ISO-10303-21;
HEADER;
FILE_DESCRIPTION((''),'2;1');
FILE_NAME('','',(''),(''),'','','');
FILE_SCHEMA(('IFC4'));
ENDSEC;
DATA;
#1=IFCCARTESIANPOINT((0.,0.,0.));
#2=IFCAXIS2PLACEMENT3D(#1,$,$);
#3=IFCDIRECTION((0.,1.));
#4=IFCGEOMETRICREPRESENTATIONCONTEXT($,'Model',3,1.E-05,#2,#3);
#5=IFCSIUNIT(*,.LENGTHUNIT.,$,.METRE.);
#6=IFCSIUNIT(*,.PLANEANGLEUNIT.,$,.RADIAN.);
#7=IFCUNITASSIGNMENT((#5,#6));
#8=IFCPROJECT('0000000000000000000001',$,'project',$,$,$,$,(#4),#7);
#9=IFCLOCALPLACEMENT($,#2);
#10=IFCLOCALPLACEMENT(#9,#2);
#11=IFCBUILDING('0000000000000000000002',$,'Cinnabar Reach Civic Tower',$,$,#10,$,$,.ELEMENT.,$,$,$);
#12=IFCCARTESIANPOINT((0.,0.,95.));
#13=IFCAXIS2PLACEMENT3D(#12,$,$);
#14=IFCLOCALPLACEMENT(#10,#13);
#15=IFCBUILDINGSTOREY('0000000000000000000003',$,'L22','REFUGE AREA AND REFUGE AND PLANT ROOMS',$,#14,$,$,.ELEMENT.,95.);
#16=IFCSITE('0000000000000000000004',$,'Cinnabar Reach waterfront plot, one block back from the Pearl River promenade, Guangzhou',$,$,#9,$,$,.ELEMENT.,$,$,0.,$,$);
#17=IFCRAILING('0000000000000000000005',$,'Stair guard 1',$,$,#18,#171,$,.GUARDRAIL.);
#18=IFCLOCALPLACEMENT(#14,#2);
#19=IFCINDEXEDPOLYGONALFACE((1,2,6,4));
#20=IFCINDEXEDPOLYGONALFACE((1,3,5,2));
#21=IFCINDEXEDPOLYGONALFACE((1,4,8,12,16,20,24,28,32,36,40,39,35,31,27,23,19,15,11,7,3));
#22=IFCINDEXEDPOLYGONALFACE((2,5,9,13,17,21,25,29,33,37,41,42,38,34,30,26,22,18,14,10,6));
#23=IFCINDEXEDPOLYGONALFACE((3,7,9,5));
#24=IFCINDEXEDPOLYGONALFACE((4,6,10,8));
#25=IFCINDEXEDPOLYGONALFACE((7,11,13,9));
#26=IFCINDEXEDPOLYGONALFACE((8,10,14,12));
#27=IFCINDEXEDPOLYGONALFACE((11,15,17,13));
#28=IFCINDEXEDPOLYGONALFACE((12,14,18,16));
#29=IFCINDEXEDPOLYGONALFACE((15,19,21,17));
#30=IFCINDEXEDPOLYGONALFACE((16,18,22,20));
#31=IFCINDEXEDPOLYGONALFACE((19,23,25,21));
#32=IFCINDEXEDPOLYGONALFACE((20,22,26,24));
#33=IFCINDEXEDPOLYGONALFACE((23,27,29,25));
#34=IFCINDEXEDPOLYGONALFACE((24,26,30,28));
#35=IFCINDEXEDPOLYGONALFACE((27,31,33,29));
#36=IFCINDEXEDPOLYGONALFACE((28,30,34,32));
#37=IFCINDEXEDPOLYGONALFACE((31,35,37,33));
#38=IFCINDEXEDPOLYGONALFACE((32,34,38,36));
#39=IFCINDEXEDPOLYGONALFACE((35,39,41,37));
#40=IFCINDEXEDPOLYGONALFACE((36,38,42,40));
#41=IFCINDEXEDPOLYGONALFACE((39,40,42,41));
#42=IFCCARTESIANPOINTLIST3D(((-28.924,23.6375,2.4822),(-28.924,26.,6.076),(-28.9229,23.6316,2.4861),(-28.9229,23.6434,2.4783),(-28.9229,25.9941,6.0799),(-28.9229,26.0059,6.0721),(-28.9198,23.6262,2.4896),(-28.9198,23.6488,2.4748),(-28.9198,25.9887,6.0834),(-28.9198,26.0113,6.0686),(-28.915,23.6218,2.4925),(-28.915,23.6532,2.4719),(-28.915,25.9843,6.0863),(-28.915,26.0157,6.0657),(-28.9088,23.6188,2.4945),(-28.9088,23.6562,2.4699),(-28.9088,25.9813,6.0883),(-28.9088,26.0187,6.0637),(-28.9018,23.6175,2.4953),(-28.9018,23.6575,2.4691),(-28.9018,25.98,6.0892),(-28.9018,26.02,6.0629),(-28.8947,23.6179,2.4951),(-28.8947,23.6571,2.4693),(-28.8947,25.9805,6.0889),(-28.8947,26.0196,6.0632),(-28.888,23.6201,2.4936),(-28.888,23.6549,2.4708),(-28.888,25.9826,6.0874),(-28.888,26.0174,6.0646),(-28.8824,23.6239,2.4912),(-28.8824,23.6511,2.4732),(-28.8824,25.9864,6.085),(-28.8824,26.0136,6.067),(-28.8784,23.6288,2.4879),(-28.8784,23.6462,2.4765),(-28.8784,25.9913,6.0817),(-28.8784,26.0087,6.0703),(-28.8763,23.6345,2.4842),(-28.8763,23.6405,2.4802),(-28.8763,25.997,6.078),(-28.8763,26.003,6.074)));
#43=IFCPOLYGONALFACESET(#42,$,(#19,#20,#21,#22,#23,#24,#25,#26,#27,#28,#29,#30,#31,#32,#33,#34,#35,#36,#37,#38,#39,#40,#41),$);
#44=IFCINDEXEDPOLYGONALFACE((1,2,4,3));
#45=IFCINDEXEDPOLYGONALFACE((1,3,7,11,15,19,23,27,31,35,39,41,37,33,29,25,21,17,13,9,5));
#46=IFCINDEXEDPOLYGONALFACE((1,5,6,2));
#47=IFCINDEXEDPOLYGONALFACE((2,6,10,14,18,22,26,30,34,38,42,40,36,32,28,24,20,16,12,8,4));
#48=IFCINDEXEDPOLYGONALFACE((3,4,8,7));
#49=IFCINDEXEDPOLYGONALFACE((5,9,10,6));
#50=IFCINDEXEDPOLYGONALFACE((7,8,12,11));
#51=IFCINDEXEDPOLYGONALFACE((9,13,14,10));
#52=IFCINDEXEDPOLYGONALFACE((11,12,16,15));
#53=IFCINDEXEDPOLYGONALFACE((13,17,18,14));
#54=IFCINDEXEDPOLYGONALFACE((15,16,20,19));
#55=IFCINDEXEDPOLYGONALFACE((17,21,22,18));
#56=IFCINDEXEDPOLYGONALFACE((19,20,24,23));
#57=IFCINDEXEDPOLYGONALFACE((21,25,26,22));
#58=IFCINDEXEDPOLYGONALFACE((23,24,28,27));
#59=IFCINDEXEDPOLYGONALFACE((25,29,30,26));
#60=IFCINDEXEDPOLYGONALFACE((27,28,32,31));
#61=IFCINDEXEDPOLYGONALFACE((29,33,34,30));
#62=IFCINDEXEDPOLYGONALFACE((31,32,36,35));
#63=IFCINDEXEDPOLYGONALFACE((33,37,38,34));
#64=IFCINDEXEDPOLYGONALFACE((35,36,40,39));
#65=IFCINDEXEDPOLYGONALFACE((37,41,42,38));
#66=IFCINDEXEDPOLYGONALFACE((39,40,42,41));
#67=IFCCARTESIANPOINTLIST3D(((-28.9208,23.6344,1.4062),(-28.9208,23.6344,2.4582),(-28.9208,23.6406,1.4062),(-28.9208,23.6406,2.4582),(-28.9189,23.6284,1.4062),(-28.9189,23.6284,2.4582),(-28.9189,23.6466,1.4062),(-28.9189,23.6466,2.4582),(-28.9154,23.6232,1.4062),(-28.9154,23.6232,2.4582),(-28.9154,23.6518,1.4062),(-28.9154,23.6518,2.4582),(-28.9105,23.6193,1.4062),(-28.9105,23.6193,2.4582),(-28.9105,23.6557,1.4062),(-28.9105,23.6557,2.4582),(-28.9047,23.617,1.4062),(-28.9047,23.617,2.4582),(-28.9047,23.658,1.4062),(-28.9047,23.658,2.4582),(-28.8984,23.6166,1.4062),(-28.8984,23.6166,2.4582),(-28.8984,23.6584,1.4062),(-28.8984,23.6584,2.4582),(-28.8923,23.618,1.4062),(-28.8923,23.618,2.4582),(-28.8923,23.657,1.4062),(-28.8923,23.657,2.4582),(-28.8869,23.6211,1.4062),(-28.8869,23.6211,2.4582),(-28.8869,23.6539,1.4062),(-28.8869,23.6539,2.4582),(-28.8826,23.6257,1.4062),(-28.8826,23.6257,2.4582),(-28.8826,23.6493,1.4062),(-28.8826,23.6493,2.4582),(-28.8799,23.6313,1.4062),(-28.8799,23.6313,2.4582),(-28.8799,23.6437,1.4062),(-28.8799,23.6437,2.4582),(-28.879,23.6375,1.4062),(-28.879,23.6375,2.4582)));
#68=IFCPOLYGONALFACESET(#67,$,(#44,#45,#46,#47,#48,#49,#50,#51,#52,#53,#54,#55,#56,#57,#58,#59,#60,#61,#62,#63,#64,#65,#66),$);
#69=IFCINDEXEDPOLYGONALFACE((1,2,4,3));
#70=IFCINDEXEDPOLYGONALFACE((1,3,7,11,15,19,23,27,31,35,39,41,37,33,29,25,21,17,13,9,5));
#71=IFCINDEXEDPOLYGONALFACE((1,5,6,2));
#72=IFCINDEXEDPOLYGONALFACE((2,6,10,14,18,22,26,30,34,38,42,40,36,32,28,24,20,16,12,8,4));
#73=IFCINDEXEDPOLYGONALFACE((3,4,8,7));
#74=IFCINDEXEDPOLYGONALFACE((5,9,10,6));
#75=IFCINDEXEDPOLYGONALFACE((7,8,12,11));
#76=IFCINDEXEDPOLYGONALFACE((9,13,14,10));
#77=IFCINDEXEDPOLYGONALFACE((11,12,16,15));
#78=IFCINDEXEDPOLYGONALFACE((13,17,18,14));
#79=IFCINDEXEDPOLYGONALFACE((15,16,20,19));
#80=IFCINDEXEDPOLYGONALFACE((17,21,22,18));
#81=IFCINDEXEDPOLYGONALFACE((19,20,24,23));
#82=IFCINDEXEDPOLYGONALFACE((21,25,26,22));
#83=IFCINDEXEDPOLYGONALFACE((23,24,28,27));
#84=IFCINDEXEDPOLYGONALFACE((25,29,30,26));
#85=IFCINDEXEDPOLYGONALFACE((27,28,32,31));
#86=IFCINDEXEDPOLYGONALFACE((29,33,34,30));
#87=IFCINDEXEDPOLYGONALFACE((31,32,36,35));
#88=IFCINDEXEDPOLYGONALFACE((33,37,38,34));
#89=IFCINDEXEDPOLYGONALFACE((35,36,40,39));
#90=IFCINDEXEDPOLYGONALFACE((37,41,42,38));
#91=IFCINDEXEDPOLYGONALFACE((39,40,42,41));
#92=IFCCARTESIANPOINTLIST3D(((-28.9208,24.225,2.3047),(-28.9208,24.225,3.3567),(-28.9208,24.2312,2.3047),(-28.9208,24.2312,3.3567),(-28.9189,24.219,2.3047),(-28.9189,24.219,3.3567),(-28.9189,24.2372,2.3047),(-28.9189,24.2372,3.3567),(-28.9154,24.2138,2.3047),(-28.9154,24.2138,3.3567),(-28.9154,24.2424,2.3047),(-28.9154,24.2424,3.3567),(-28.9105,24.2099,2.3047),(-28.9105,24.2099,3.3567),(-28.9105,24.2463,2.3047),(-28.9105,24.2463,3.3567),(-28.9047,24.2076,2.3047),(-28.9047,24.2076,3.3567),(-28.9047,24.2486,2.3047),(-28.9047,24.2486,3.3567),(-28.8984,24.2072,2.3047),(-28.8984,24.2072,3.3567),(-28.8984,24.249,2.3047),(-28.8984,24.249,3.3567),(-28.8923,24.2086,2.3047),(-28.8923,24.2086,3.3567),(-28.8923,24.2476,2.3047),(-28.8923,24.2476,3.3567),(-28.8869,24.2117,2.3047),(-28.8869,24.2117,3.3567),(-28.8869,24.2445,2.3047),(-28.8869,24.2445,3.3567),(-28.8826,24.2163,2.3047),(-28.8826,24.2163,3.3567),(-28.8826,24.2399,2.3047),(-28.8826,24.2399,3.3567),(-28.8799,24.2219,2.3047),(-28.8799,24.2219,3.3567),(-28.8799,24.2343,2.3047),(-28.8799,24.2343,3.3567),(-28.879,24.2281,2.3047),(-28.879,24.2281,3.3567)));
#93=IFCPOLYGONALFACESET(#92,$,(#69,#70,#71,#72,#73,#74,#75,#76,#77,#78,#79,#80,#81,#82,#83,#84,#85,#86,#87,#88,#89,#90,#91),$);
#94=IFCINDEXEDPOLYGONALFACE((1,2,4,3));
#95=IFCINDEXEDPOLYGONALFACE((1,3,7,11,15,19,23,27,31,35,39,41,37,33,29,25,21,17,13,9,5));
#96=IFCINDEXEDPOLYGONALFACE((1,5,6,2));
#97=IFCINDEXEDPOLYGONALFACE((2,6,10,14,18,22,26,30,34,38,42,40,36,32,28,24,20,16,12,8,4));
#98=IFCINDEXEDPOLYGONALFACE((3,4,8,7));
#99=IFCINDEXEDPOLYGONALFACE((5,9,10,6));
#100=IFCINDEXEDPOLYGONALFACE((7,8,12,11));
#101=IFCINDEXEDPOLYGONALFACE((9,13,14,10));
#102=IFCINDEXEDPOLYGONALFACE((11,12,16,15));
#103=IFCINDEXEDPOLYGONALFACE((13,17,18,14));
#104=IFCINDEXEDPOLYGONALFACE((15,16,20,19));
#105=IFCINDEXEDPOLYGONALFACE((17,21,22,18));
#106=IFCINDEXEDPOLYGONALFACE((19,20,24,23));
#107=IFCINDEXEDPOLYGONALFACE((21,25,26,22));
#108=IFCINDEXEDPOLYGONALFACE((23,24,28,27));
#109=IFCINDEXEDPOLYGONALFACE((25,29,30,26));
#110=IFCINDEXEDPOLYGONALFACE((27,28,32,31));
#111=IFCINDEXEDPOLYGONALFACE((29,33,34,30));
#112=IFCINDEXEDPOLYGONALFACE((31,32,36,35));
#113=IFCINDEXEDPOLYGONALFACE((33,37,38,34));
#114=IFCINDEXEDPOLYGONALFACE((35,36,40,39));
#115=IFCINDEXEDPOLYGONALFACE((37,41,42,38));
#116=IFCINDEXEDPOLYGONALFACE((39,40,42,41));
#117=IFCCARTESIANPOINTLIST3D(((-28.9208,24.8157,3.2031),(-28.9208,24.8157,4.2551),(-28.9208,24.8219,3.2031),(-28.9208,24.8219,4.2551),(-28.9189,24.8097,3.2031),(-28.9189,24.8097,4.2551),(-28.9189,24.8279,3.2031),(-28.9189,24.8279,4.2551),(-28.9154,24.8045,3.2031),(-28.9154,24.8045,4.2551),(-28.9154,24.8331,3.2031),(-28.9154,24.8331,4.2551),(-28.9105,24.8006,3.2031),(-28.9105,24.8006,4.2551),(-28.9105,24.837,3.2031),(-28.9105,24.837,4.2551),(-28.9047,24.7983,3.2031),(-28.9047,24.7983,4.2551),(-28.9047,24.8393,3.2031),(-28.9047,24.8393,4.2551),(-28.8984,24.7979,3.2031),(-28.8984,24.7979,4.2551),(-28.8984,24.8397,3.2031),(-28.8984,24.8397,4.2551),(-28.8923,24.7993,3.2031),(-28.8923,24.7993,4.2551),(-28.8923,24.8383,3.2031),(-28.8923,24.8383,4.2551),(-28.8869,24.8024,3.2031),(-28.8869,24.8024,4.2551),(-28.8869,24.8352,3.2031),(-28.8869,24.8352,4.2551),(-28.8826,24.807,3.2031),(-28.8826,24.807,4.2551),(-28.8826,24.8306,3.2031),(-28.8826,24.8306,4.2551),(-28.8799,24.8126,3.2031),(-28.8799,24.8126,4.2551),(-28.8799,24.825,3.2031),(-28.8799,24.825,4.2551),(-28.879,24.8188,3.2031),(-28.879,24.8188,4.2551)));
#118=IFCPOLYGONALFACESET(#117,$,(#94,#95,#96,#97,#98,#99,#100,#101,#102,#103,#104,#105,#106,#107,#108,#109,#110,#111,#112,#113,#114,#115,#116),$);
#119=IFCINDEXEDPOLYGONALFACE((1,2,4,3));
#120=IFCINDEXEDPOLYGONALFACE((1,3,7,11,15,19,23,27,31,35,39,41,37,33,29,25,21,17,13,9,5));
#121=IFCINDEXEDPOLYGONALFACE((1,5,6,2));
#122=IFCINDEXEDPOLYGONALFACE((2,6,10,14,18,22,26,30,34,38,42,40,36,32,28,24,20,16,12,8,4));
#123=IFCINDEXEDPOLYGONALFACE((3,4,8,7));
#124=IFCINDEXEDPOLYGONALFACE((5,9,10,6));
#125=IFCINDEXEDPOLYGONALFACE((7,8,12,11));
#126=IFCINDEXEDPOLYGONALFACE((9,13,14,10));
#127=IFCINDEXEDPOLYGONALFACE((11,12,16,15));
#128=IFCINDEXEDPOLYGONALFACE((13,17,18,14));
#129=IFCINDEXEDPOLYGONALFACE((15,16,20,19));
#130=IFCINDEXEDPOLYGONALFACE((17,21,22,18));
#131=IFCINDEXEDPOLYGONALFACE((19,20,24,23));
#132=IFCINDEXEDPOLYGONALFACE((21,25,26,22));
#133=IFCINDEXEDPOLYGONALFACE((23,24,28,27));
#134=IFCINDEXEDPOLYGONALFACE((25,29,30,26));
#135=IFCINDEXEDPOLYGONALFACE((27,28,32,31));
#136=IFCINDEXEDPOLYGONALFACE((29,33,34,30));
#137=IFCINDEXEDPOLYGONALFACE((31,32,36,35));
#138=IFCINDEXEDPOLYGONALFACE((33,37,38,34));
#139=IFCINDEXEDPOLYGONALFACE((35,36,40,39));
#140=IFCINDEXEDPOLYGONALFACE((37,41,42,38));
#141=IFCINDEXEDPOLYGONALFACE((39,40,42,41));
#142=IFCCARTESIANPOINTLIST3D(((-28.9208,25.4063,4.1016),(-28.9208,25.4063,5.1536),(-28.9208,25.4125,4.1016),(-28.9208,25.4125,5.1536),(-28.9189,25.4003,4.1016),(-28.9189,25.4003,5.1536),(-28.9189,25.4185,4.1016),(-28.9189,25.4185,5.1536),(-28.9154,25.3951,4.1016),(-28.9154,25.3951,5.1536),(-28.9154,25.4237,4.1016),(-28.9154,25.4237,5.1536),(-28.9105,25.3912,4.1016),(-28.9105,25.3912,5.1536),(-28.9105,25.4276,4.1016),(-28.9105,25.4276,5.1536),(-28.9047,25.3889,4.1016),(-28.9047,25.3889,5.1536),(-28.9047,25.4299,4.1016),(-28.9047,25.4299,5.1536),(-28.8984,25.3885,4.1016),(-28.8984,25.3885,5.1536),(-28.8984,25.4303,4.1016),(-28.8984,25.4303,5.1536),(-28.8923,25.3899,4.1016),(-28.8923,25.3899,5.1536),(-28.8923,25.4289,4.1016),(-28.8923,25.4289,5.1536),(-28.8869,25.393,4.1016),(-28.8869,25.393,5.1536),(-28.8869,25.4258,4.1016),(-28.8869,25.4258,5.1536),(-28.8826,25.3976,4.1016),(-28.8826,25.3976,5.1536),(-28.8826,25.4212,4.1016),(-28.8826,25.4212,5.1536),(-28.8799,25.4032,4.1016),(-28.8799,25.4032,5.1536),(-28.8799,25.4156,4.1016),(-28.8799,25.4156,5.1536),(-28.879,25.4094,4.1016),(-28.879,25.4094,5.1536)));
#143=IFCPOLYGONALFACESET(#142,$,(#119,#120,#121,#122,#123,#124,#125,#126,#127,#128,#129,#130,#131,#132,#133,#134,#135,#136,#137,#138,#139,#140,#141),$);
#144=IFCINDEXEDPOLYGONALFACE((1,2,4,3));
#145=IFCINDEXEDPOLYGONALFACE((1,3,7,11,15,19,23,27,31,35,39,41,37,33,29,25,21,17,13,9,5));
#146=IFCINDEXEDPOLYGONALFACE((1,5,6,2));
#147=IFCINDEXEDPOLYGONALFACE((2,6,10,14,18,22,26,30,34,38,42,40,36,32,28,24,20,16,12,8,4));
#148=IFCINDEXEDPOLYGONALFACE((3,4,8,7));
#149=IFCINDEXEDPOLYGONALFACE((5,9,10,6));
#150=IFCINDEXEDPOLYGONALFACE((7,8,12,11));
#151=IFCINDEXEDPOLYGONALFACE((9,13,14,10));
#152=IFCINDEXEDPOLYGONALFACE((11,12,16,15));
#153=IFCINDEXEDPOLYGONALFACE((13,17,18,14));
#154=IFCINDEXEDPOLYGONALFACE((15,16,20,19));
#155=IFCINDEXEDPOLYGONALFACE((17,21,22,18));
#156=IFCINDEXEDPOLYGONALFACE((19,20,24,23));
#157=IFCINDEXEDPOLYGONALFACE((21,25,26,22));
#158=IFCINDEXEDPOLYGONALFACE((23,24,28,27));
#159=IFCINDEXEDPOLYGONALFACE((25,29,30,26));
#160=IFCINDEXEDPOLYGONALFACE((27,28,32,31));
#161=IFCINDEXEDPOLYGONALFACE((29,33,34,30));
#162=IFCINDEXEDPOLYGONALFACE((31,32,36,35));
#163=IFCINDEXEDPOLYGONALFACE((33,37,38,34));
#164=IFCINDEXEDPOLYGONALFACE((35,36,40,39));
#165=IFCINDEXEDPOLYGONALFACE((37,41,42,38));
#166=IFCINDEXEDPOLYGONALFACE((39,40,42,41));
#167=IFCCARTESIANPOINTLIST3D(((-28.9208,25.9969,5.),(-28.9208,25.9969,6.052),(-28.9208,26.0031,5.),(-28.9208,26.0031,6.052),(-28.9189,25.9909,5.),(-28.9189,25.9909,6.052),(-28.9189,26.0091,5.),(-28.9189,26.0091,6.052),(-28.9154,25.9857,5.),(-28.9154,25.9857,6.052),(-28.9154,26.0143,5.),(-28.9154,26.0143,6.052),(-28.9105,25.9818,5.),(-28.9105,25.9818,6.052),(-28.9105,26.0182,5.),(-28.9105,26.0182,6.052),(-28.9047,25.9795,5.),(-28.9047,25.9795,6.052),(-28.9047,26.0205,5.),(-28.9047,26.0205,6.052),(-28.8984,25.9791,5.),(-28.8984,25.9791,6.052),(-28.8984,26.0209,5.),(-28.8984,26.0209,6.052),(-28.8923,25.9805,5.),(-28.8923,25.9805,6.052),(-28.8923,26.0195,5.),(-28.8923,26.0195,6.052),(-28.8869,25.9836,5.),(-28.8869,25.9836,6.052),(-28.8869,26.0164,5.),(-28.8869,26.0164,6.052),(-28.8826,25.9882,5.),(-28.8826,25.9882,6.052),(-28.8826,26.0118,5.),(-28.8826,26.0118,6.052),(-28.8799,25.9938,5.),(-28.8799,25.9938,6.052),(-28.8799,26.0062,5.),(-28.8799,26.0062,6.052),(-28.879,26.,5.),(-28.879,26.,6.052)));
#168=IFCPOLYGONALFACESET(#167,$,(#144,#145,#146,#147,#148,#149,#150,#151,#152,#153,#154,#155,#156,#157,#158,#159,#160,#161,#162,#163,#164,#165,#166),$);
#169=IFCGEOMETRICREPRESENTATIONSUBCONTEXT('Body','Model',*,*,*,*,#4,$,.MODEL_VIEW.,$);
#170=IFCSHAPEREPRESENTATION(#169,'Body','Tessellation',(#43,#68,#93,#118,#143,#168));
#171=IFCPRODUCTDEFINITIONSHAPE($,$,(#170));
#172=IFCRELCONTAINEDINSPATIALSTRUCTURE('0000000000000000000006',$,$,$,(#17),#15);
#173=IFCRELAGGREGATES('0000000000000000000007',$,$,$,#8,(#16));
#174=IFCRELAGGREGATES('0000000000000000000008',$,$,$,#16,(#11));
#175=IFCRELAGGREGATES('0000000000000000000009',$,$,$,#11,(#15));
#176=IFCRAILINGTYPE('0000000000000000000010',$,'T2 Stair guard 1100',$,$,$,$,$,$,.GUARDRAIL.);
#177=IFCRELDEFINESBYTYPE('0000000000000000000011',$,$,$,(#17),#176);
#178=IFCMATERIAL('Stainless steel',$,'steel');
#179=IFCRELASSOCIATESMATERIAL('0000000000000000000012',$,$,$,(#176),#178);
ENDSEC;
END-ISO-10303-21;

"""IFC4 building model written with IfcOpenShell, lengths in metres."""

from ifc_helpers import new_model, si_unit, direction, frame, origin, origin_2d, place, context, subcontext, project, spatial, circle, extrude, material, type_object, element, save


model = new_model("IFC4")

# Units and contexts
model_context = context("Model", 3, precision=1e-05, world=origin(), true_north=direction((0.0, 1.0)))
body_context = subcontext(model_context, "Body", "Model", "MODEL_VIEW")
ifc_project = project(units=[si_unit("LENGTHUNIT", "METRE"), si_unit("PLANEANGLEUNIT", "RADIAN")], contexts=[model_context])

# Site, building, storey
site_placement = place(None, origin())
site = spatial("IfcSite", under=ifc_project, at=site_placement, Name="Cinnabar Reach waterfront plot, one block back from the Pearl River promenade, Guangzhou", CompositionType="ELEMENT", RefElevation=0.0)
building_placement = place(site_placement, origin())
building = spatial("IfcBuilding", under=site, at=building_placement, Name="Cinnabar Reach Civic Tower", CompositionType="ELEMENT")
storey_placement = place(building_placement, frame((0.0, 0.0, 95.0)))
storey = spatial("IfcBuildingStorey", under=building, at=storey_placement, Name="L22", Description="REFUGE AREA AND REFUGE AND PLANT ROOMS", CompositionType="ELEMENT", Elevation=95.0)

# Railing
ifc_material_1 = material(Name="Stainless steel", Category="steel")
railing_type = type_object("IfcRailingType", Name="T2 Stair guard 1100", PredefinedType="GUARDRAIL", material=ifc_material_1)
railing_1_placement = place(storey_placement, frame((-28.9, 23.6375, 1.4062)))
element("IfcRailing", 1, at=railing_1_placement, inside=storey, type_object=railing_type, Name="Stair guard 1", PredefinedType="GUARDRAIL", context=body_context, shape_type="SweptSolid", body=[
    extrude(circle(Radius=0.024, at=origin_2d()), frame((0.0, 0.0, 1.076), z_axis=(0.0, 0.549318, 0.835614), x_axis=(-1.0, 0.0, 0.0)), (0.0, 0.0, 1.0), 4.3008),
    extrude(circle(Radius=0.021, at=origin_2d()), origin(), (0.0, 0.0, 1.0), 1.052),
    extrude(circle(Radius=0.021, at=origin_2d()), frame((0.0, 0.5906, 0.8985)), (0.0, 0.0, 1.0), 1.052),
    extrude(circle(Radius=0.021, at=origin_2d()), frame((0.0, 1.1813, 1.7969)), (0.0, 0.0, 1.0), 1.052),
    extrude(circle(Radius=0.021, at=origin_2d()), frame((0.0, 1.7719, 2.6954)), (0.0, 0.0, 1.0), 1.052),
    extrude(circle(Radius=0.021, at=origin_2d()), frame((0.0, 2.3625, 3.5938)), (0.0, 0.0, 1.0), 1.052),
])

save(model, "model.ifc")
